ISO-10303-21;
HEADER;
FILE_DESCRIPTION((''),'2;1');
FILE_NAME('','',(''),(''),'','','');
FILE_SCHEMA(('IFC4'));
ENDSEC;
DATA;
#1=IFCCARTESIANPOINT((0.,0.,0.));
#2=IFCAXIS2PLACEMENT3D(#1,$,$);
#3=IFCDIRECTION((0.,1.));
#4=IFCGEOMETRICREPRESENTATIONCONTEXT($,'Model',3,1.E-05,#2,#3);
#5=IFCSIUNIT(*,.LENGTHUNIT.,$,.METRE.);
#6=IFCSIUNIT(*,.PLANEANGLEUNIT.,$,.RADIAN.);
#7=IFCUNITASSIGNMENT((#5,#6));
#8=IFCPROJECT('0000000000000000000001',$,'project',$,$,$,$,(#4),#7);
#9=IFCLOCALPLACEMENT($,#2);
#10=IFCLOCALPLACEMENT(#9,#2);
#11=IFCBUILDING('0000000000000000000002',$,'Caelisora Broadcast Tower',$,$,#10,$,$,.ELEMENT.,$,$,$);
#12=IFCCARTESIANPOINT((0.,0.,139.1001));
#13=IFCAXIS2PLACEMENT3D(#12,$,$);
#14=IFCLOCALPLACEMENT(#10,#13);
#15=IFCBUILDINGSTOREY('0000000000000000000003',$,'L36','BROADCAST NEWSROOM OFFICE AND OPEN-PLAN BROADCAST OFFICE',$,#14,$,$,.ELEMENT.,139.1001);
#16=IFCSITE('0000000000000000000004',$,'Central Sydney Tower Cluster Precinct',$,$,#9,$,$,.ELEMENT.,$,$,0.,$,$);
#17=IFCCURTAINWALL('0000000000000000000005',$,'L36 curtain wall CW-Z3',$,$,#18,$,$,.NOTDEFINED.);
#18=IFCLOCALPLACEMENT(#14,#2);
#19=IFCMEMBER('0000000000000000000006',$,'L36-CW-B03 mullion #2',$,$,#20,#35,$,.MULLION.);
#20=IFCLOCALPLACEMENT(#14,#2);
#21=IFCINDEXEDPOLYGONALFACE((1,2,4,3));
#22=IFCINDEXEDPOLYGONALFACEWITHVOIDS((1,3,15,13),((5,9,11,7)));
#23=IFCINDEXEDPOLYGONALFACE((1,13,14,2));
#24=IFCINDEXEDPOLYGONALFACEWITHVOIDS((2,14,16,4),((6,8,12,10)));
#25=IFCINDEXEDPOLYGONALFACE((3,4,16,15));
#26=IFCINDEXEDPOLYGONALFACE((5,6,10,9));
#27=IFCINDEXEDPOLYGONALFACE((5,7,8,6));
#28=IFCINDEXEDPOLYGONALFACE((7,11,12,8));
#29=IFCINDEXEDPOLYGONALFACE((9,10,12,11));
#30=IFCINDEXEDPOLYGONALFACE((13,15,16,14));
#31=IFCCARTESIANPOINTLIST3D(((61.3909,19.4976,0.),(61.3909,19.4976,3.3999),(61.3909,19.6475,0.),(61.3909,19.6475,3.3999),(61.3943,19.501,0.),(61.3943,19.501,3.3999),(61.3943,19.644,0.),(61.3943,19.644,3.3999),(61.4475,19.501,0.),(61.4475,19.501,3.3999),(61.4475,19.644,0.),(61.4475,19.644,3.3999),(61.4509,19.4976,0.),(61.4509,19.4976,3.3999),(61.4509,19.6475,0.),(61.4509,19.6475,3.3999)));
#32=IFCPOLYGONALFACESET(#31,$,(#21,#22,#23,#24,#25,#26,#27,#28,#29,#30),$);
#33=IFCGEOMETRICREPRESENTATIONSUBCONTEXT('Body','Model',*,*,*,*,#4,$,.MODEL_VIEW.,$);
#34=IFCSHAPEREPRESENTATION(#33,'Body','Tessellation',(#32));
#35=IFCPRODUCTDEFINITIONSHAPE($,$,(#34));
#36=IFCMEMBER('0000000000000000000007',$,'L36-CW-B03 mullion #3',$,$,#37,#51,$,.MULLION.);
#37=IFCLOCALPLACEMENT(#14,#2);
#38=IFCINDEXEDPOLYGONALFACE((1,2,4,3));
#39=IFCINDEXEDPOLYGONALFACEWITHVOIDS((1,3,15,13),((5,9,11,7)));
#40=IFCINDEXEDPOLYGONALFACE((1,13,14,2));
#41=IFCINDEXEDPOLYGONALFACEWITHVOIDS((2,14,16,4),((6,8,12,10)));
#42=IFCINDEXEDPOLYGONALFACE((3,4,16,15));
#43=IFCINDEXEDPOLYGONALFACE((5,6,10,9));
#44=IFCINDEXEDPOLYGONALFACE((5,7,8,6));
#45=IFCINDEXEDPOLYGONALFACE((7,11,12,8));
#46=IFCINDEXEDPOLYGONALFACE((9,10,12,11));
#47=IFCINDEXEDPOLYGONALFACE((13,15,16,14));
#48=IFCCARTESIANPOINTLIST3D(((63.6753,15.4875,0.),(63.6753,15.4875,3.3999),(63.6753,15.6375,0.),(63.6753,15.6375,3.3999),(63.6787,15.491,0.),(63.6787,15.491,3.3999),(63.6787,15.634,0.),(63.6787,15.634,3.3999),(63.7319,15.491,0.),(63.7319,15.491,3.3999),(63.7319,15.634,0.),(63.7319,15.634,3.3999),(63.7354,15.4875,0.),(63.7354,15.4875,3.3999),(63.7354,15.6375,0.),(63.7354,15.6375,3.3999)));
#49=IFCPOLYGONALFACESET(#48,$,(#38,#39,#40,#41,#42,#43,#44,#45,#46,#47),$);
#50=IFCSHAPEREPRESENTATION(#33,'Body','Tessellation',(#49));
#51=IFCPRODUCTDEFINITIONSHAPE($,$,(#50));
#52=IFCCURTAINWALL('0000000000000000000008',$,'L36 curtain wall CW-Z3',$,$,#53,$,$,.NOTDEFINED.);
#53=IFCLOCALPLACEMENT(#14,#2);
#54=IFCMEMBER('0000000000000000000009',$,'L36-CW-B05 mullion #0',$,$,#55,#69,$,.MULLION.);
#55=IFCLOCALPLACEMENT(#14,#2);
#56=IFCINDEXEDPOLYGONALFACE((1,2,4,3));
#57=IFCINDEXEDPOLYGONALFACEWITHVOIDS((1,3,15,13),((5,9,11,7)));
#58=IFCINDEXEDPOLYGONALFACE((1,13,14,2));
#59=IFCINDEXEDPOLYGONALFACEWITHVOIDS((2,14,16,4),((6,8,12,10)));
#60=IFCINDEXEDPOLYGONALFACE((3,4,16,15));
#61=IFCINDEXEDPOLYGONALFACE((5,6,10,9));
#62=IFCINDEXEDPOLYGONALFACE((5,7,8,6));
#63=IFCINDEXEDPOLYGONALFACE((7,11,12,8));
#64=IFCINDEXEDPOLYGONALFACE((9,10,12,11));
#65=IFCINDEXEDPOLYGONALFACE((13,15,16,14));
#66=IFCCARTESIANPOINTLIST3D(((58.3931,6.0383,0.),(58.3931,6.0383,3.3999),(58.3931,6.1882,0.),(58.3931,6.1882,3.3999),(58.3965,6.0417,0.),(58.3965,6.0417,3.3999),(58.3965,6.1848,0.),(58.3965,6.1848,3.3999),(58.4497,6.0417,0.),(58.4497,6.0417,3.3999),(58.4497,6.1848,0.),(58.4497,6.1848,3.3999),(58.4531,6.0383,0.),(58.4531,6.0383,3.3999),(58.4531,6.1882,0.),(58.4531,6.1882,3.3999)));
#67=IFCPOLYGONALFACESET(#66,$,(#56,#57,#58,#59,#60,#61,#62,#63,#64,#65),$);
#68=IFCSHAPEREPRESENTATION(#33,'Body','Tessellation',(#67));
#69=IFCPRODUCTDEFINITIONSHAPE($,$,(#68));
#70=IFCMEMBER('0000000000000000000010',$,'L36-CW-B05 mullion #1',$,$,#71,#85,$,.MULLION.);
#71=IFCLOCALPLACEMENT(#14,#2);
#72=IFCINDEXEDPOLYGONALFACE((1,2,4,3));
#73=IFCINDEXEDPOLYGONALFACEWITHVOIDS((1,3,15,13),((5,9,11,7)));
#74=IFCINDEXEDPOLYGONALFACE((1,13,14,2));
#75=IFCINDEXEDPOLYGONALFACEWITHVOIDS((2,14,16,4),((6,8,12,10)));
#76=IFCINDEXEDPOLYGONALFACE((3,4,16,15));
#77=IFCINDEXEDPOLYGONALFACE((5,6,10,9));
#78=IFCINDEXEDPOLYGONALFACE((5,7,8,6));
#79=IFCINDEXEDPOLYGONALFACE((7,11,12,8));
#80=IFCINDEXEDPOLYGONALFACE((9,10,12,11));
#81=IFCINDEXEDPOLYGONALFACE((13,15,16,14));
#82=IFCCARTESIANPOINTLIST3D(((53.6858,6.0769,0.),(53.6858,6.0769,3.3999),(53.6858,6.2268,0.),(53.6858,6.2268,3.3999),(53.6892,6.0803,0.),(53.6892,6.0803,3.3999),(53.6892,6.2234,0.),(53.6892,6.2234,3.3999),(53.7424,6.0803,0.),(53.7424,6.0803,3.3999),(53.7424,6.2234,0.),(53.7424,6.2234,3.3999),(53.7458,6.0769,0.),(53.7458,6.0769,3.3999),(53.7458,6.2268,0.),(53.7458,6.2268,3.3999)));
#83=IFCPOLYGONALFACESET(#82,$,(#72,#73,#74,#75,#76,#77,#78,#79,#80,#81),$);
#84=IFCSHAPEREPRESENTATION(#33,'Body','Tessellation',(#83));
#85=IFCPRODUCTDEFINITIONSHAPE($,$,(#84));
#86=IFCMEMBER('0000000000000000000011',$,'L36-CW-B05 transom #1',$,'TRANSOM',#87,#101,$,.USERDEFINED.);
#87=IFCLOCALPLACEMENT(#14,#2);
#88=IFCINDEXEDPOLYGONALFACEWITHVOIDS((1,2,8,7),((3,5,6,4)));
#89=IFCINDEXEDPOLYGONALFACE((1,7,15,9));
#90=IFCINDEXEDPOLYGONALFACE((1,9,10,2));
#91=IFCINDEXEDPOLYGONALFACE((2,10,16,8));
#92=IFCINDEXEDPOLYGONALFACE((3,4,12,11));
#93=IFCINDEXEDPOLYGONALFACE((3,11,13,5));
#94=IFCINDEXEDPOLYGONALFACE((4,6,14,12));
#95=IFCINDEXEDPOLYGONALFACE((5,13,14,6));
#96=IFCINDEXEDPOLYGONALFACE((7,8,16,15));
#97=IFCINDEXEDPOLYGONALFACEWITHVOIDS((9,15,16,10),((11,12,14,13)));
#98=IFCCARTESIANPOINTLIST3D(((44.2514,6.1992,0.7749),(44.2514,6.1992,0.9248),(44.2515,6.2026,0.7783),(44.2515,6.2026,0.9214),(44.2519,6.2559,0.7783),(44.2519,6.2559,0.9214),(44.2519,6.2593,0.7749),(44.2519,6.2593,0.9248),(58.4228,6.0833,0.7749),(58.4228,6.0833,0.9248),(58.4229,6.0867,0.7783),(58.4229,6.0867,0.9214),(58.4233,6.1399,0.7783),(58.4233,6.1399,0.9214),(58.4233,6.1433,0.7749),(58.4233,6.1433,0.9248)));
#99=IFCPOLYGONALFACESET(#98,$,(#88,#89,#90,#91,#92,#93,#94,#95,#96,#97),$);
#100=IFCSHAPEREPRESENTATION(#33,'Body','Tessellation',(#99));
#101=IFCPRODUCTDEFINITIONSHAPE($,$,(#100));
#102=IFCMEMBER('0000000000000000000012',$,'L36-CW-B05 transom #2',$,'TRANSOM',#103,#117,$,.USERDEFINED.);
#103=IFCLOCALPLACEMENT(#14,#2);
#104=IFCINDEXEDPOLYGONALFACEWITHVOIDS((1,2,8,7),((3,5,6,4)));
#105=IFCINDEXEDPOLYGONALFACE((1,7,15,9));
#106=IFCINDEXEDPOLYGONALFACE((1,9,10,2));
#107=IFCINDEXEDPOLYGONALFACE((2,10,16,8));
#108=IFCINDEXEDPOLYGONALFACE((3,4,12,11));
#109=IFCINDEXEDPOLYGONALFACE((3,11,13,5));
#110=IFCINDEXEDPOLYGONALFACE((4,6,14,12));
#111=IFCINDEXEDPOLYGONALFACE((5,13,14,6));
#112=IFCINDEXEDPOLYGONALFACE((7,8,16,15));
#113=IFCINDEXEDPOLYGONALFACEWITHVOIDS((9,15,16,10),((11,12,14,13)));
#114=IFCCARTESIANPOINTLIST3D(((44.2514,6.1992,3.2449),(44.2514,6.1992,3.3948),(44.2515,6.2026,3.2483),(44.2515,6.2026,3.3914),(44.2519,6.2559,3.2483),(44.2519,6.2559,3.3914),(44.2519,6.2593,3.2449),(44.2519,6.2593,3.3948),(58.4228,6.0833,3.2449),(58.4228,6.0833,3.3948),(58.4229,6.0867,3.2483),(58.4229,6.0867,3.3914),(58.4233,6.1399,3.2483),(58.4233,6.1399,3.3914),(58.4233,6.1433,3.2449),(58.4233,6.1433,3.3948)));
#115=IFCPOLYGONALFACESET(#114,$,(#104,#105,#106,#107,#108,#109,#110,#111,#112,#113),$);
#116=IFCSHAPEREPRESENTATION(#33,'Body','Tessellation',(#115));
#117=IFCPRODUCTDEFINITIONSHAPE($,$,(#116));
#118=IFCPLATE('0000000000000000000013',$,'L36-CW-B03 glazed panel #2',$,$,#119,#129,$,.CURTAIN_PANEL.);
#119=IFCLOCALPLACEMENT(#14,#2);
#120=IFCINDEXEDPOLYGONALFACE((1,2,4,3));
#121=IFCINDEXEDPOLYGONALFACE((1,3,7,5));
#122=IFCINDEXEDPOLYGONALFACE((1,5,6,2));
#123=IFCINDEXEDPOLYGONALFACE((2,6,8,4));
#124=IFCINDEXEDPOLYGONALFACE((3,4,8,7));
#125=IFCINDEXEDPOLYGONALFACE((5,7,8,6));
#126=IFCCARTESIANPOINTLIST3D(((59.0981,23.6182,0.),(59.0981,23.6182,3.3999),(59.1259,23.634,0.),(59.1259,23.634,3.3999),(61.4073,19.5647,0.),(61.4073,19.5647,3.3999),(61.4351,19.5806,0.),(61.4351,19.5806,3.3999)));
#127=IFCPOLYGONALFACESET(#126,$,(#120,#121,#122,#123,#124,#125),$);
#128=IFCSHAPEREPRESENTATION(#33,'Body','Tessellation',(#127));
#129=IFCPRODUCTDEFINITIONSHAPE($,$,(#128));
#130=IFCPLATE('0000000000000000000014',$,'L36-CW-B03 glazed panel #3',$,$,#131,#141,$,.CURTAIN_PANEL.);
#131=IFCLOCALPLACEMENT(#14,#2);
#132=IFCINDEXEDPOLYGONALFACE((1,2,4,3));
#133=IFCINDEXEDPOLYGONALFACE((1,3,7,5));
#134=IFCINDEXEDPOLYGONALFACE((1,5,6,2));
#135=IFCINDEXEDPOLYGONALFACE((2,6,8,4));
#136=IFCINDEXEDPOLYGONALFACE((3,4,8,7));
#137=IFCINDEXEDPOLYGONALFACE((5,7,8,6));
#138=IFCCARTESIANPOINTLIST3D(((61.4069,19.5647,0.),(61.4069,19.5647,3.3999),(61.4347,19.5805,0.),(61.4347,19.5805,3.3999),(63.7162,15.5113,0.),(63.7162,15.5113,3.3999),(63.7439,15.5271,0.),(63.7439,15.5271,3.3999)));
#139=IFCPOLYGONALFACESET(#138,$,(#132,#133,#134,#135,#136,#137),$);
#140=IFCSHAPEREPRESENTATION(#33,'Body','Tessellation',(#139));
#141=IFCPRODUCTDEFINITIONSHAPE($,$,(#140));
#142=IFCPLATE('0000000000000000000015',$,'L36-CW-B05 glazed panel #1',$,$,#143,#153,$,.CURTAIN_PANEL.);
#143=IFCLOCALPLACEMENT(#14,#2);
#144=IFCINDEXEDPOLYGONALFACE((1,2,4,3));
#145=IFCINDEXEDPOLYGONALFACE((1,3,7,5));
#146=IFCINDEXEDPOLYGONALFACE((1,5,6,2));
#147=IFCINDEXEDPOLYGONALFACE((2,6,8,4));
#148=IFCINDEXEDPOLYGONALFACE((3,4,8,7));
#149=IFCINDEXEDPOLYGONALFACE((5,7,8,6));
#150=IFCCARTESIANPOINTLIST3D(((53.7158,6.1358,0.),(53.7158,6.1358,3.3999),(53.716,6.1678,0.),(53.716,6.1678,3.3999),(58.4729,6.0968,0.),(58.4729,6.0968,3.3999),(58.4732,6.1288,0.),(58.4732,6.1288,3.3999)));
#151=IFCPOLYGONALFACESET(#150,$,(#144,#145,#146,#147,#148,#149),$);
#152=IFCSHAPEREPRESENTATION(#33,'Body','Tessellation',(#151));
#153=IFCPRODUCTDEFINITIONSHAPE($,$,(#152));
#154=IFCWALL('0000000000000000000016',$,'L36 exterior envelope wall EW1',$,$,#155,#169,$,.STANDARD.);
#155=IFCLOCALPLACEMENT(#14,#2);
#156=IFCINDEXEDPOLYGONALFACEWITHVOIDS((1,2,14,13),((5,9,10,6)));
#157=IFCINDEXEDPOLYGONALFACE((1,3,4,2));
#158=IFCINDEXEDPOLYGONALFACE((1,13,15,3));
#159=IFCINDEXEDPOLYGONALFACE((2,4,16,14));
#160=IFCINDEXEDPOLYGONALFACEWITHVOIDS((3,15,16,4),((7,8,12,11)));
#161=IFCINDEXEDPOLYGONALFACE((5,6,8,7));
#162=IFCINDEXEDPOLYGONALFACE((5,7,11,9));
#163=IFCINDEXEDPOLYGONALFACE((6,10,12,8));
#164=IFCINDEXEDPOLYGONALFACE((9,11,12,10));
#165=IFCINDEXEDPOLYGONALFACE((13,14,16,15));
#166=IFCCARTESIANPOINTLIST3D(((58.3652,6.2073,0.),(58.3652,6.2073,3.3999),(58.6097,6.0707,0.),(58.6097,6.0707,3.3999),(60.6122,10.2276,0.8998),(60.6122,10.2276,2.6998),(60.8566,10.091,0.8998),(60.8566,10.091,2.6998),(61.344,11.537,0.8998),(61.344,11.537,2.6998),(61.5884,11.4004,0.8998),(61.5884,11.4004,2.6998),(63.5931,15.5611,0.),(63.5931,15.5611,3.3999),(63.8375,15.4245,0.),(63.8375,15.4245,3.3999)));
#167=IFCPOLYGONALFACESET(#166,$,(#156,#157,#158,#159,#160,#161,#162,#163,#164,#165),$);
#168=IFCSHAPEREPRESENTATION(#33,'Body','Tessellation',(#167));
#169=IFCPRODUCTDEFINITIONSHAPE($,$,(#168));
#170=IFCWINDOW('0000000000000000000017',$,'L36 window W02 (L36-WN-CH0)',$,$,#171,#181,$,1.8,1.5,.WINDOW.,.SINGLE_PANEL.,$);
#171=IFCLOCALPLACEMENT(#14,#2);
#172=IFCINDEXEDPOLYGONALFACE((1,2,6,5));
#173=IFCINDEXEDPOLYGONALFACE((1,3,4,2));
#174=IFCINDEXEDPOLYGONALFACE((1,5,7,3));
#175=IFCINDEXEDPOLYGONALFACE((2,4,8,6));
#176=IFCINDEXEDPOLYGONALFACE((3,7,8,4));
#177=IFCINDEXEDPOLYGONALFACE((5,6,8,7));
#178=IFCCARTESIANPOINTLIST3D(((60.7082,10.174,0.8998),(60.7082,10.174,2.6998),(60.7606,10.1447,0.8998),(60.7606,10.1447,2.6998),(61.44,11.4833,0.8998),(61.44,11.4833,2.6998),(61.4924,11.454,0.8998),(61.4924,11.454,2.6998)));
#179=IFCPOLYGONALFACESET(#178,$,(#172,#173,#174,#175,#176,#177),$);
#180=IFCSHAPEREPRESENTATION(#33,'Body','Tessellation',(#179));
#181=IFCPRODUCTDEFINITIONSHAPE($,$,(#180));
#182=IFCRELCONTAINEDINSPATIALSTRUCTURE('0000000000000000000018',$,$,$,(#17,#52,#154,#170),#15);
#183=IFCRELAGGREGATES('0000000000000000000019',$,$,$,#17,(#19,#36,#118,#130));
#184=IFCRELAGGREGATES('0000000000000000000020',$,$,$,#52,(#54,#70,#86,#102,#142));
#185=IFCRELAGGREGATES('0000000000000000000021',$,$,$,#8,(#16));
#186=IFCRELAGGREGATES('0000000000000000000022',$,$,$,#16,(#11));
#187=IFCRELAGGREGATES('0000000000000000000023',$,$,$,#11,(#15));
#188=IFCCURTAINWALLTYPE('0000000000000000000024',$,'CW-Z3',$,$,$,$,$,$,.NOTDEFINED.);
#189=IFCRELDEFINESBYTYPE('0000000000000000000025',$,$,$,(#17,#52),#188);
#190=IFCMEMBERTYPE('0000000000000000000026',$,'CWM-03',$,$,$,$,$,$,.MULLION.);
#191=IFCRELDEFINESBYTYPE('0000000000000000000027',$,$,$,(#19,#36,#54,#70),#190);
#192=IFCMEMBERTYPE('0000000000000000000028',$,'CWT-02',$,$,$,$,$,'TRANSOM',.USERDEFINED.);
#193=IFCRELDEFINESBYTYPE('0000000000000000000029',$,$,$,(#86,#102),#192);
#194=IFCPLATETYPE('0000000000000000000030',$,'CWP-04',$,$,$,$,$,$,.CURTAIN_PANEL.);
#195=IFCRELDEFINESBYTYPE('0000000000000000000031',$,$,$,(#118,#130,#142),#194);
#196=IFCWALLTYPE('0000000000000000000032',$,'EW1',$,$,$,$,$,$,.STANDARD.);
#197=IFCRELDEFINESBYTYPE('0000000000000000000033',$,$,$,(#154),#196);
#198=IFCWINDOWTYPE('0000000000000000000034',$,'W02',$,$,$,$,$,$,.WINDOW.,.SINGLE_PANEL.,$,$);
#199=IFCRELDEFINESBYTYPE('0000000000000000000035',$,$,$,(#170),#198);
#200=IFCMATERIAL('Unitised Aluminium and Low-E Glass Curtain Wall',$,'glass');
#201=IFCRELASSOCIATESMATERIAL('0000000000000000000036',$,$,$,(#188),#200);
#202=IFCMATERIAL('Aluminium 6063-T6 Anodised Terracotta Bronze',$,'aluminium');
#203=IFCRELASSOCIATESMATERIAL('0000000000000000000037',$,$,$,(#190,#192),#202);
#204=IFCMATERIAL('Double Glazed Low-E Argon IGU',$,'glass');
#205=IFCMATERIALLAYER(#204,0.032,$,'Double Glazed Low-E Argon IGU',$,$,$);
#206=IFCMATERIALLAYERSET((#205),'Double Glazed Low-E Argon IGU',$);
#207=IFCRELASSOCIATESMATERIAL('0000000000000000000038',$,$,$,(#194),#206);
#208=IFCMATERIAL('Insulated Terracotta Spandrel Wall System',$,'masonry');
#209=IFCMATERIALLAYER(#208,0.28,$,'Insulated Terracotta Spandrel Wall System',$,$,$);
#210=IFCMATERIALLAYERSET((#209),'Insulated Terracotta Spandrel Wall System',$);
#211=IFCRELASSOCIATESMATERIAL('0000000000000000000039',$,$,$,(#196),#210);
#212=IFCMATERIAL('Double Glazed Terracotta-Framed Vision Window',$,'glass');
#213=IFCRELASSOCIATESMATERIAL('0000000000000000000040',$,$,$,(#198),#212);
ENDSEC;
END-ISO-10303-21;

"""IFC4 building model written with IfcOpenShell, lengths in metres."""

from ifc_helpers import new_model, si_unit, direction, frame, frame_2d, origin, origin_2d, place, context, subcontext, project, spatial, rectangle, hollow_rectangle, extrude, source, transform, mapped, material, layer, layer_set, material_profile, profile_set, type_object, type_shapes, element, fill, aggregate, save


model = new_model("IFC4")

# Units and contexts
model_context = context("Model", 3, precision=1e-05, world=origin(), true_north=direction((0.0, 1.0)))
body_context = subcontext(model_context, "Body", "Model", "MODEL_VIEW")
ifc_project = project(units=[si_unit("LENGTHUNIT", "METRE"), si_unit("PLANEANGLEUNIT", "RADIAN")], contexts=[model_context])

# Site, building, storey
site_placement = place(None, origin())
site = spatial("IfcSite", under=ifc_project, at=site_placement, Name="Central Sydney Tower Cluster Precinct", CompositionType="ELEMENT", RefElevation=0.0)
building_placement = place(site_placement, origin())
building = spatial("IfcBuilding", under=site, at=building_placement, Name="Caelisora Broadcast Tower", CompositionType="ELEMENT")
storey_placement = place(building_placement, frame((0.0, 0.0, 139.1001)))
storey = spatial("IfcBuildingStorey", under=building, at=storey_placement, Name="L36", Description="BROADCAST NEWSROOM OFFICE AND OPEN-PLAN BROADCAST OFFICE", CompositionType="ELEMENT", Elevation=139.1001)

# Curtain walls, members
ifc_material_1 = material(Name="Unitised Aluminium and Low-E Glass Curtain Wall", Category="glass")
curtain_wall_type = type_object("IfcCurtainWallType", Name="CW-Z3", PredefinedType="NOTDEFINED", material=ifc_material_1)
curtain_wall_1_placement = place(storey_placement, origin())
curtain_wall_1 = element("IfcCurtainWall", 1, at=curtain_wall_1_placement, inside=storey, type_object=curtain_wall_type, Name="L36 curtain wall CW-Z3", PredefinedType="NOTDEFINED")
ifc_material_2 = material(Name="Aluminium 6063-T6 Anodised Terracotta Bronze", Category="aluminium")
ifc_material_profile_1 = material_profile(ifc_material_2, hollow_rectangle(XDim=0.0601, YDim=0.1499, WallThickness=0.0034, at=origin_2d()), Name="Aluminium 6063-T6 Anodised Terracotta Bronze")
ifc_profile_set_1 = profile_set([ifc_material_profile_1], Name="Aluminium 6063-T6 Anodised Terracotta Bronze")
member_type_1 = type_object("IfcMemberType", Name="CWM-03", PredefinedType="MULLION", material=ifc_profile_set_1)
shared_shape_1 = source(origin(), body_context, "Body", "SweptSolid", [
    extrude(hollow_rectangle(XDim=0.0601, YDim=0.1499, WallThickness=0.0034, at=origin_2d()), origin(), (0.0, 0.0, 1.0), 3.3999),
])
type_shapes(member_type_1, [shared_shape_1])
member_1_placement = place(storey_placement, frame((61.4209, 19.5725, 0.0), z_axis=(0.0, 0.0, 1.0), x_axis=(1.0, 0.0, 0.0)))
member_1 = element("IfcMember", 2, at=member_1_placement, type_object=member_type_1, Name="L36-CW-B03 mullion #2", PredefinedType="MULLION", context=body_context, shape_type="MappedRepresentation", body=[
    mapped(shared_shape_1, transform((0.0, 0.0, 0.0), scale=1.0)),
])
member_2_placement = place(storey_placement, frame((63.7053, 15.5625, 0.0), z_axis=(0.0, 0.0, 1.0), x_axis=(1.0, 0.0, 0.0)))
member_2 = element("IfcMember", 3, at=member_2_placement, type_object=member_type_1, Name="L36-CW-B03 mullion #3", PredefinedType="MULLION", context=body_context, shape_type="MappedRepresentation", body=[
    mapped(shared_shape_1, transform((0.0, 0.0, 0.0), scale=1.0)),
])
curtain_wall_2_placement = place(storey_placement, origin())
curtain_wall_2 = element("IfcCurtainWall", 4, at=curtain_wall_2_placement, inside=storey, type_object=curtain_wall_type, Name="L36 curtain wall CW-Z3", PredefinedType="NOTDEFINED")
member_3_placement = place(storey_placement, frame((58.4231, 6.1133, 0.0), z_axis=(0.0, 0.0, 1.0), x_axis=(1.0, 0.0, 0.0)))
member_3 = element("IfcMember", 5, at=member_3_placement, type_object=member_type_1, Name="L36-CW-B05 mullion #0", PredefinedType="MULLION", context=body_context, shape_type="MappedRepresentation", body=[
    mapped(shared_shape_1, transform((0.0, 0.0, 0.0), scale=1.0)),
])
member_4_placement = place(storey_placement, frame((53.7158, 6.1519, 0.0), z_axis=(0.0, 0.0, 1.0), x_axis=(1.0, 0.0, 0.0)))
member_4 = element("IfcMember", 6, at=member_4_placement, type_object=member_type_1, Name="L36-CW-B05 mullion #1", PredefinedType="MULLION", context=body_context, shape_type="MappedRepresentation", body=[
    mapped(shared_shape_1, transform((0.0, 0.0, 0.0), scale=1.0)),
])
ifc_material_profile_2 = material_profile(ifc_material_2, hollow_rectangle(XDim=0.0601, YDim=0.1499, WallThickness=0.0034, at=origin_2d()), Name="Aluminium 6063-T6 Anodised Terracotta Bronze")
ifc_profile_set_2 = profile_set([ifc_material_profile_2], Name="Aluminium 6063-T6 Anodised Terracotta Bronze")
member_type_2 = type_object("IfcMemberType", Name="CWT-02", ElementType="TRANSOM", PredefinedType="USERDEFINED", material=ifc_profile_set_2)
shared_shape_2 = source(origin(), body_context, "Body", "SweptSolid", [
    extrude(hollow_rectangle(XDim=0.0601, YDim=0.1499, WallThickness=0.0034, at=origin_2d()), origin(), (0.0, 0.0, 1.0), 14.1719),
])
type_shapes(member_type_2, [shared_shape_2])
member_5_placement = place(storey_placement, frame((58.4231, 6.1133, 0.8499), z_axis=(-0.999967, 0.008183, 0.0), x_axis=(-0.008183, -0.999967, 0.0)))
member_5 = element("IfcMember", 7, at=member_5_placement, type_object=member_type_2, Name="L36-CW-B05 transom #1", ObjectType="TRANSOM", PredefinedType="USERDEFINED", context=body_context, shape_type="MappedRepresentation", body=[
    mapped(shared_shape_2, transform((0.0, 0.0, 0.0), scale=1.0)),
])
member_6_placement = place(storey_placement, frame((58.4231, 6.1133, 3.3198), z_axis=(-0.999967, 0.008183, 0.0), x_axis=(-0.008183, -0.999967, 0.0)))
member_6 = element("IfcMember", 8, at=member_6_placement, type_object=member_type_2, Name="L36-CW-B05 transom #2", ObjectType="TRANSOM", PredefinedType="USERDEFINED", context=body_context, shape_type="MappedRepresentation", body=[
    mapped(shared_shape_2, transform((0.0, 0.0, 0.0), scale=1.0)),
])

# Plates
ifc_material_3 = material(Name="Double Glazed Low-E Argon IGU", Category="glass")
ifc_layer_1 = layer(ifc_material_3, 0.032, Name="Double Glazed Low-E Argon IGU")
ifc_layer_set_1 = layer_set([ifc_layer_1], Name="Double Glazed Low-E Argon IGU")
plate_type = type_object("IfcPlateType", Name="CWP-04", PredefinedType="CURTAIN_PANEL", material=ifc_layer_set_1)
shared_shape_3 = source(origin(), body_context, "Body", "SweptSolid", [
    extrude(rectangle(XDim=4.665, YDim=0.032, at=origin_2d()), origin(), (0.0, 0.0, 1.0), 3.3999),
])
plate_1_placement = place(storey_placement, frame((60.2666, 21.5994, 0.0), z_axis=(0.0, 0.0, 1.0), x_axis=(0.495004, -0.868891, 0.0)))
plate_1 = element("IfcPlate", 9, at=plate_1_placement, type_object=plate_type, Name="L36-CW-B03 glazed panel #2", PredefinedType="CURTAIN_PANEL", context=body_context, shape_type="MappedRepresentation", body=[
    mapped(shared_shape_3, transform((0.0, 0.0, 0.0), scale=1.0)),
])
plate_2_placement = place(storey_placement, frame((62.5754, 17.5459, 0.0), z_axis=(0.0, 0.0, 1.0), x_axis=(0.495004, -0.868891, 0.0)))
plate_2 = element("IfcPlate", 10, at=plate_2_placement, type_object=plate_type, Name="L36-CW-B03 glazed panel #3", PredefinedType="CURTAIN_PANEL", context=body_context, shape_type="MappedRepresentation", body=[
    mapped(shared_shape_3, transform((0.0, 0.0, 0.0), scale=1.0)),
])
aggregate(curtain_wall_1, [member_1, member_2, plate_1, plate_2])
shared_shape_4 = source(origin(), body_context, "Body", "SweptSolid", [
    extrude(rectangle(XDim=4.7573, YDim=0.032, at=origin_2d()), origin(), (0.0, 0.0, 1.0), 3.3999),
])
type_shapes(plate_type, [shared_shape_3, shared_shape_4])
plate_3_placement = place(storey_placement, frame((56.0945, 6.1323, 0.0), z_axis=(0.0, 0.0, 1.0), x_axis=(-0.999966, 0.008203, 0.0)))
plate_3 = element("IfcPlate", 11, at=plate_3_placement, type_object=plate_type, Name="L36-CW-B05 glazed panel #1", PredefinedType="CURTAIN_PANEL", context=body_context, shape_type="MappedRepresentation", body=[
    mapped(shared_shape_4, transform((0.0, 0.0, 0.0), scale=1.0)),
])
aggregate(curtain_wall_2, [member_3, member_4, member_5, member_6, plate_3])

# Wall, opening, window
ifc_material_4 = material(Name="Insulated Terracotta Spandrel Wall System", Category="masonry")
ifc_layer_2 = layer(ifc_material_4, 0.28, Name="Insulated Terracotta Spandrel Wall System")
ifc_layer_set_2 = layer_set([ifc_layer_2], Name="Insulated Terracotta Spandrel Wall System")
wall_type = type_object("IfcWallType", Name="EW1", PredefinedType="STANDARD", material=ifc_layer_set_2)
wall_placement = place(storey_placement, frame((63.7153, 15.4929, 0.0), z_axis=(0.0, 0.0, 1.0), x_axis=(-0.48787, -0.872916, 0.0)))
wall = element("IfcWall", 12, at=wall_placement, inside=storey, type_object=wall_type, Name="L36 exterior envelope wall EW1", PredefinedType="STANDARD", context=body_context, shape_type="SweptSolid", body=[
    extrude(rectangle(XDim=10.7156, YDim=0.28, at=frame_2d((5.3579, 0.0))), origin(), (0.0, 0.0, 1.0), 3.3999),
])
opening_placement = place(wall_placement, frame((4.6101, 0.0, 0.8999)))
opening = element("IfcOpeningElement", 13, at=opening_placement, cuts=wall, PredefinedType="OPENING", context=body_context, shape_type="SweptSolid", body=[
    extrude(rectangle(XDim=1.5, YDim=1.8, at=frame_2d((0.75, 0.8999))), frame((0.0, 0.1521, 0.0), z_axis=(0.0, -1.0, 0.0), x_axis=(1.0, 0.0, 0.0)), (0.0, 0.0, 1.0), 0.304),
])
ifc_material_5 = material(Name="Double Glazed Terracotta-Framed Vision Window", Category="glass")
window_type = type_object("IfcWindowType", Name="W02", PartitioningType="SINGLE_PANEL", PredefinedType="WINDOW", material=ifc_material_5)
window_placement = place(opening_placement, origin())
window = element("IfcWindow", 14, at=window_placement, inside=storey, type_object=window_type, Name="L36 window W02 (L36-WN-CH0)", OverallHeight=1.8, OverallWidth=1.5, PartitioningType="SINGLE_PANEL", PredefinedType="WINDOW", context=body_context, shape_type="SweptSolid", body=[
    extrude(rectangle(XDim=1.5, YDim=1.8, at=frame_2d((0.75, 0.8999))), frame((0.0, 0.03, 0.0), z_axis=(0.0, -1.0, 0.0), x_axis=(1.0, 0.0, 0.0)), (0.0, 0.0, 1.0), 0.0601),
])
fill(opening, window)

save(model, "model.ifc")
